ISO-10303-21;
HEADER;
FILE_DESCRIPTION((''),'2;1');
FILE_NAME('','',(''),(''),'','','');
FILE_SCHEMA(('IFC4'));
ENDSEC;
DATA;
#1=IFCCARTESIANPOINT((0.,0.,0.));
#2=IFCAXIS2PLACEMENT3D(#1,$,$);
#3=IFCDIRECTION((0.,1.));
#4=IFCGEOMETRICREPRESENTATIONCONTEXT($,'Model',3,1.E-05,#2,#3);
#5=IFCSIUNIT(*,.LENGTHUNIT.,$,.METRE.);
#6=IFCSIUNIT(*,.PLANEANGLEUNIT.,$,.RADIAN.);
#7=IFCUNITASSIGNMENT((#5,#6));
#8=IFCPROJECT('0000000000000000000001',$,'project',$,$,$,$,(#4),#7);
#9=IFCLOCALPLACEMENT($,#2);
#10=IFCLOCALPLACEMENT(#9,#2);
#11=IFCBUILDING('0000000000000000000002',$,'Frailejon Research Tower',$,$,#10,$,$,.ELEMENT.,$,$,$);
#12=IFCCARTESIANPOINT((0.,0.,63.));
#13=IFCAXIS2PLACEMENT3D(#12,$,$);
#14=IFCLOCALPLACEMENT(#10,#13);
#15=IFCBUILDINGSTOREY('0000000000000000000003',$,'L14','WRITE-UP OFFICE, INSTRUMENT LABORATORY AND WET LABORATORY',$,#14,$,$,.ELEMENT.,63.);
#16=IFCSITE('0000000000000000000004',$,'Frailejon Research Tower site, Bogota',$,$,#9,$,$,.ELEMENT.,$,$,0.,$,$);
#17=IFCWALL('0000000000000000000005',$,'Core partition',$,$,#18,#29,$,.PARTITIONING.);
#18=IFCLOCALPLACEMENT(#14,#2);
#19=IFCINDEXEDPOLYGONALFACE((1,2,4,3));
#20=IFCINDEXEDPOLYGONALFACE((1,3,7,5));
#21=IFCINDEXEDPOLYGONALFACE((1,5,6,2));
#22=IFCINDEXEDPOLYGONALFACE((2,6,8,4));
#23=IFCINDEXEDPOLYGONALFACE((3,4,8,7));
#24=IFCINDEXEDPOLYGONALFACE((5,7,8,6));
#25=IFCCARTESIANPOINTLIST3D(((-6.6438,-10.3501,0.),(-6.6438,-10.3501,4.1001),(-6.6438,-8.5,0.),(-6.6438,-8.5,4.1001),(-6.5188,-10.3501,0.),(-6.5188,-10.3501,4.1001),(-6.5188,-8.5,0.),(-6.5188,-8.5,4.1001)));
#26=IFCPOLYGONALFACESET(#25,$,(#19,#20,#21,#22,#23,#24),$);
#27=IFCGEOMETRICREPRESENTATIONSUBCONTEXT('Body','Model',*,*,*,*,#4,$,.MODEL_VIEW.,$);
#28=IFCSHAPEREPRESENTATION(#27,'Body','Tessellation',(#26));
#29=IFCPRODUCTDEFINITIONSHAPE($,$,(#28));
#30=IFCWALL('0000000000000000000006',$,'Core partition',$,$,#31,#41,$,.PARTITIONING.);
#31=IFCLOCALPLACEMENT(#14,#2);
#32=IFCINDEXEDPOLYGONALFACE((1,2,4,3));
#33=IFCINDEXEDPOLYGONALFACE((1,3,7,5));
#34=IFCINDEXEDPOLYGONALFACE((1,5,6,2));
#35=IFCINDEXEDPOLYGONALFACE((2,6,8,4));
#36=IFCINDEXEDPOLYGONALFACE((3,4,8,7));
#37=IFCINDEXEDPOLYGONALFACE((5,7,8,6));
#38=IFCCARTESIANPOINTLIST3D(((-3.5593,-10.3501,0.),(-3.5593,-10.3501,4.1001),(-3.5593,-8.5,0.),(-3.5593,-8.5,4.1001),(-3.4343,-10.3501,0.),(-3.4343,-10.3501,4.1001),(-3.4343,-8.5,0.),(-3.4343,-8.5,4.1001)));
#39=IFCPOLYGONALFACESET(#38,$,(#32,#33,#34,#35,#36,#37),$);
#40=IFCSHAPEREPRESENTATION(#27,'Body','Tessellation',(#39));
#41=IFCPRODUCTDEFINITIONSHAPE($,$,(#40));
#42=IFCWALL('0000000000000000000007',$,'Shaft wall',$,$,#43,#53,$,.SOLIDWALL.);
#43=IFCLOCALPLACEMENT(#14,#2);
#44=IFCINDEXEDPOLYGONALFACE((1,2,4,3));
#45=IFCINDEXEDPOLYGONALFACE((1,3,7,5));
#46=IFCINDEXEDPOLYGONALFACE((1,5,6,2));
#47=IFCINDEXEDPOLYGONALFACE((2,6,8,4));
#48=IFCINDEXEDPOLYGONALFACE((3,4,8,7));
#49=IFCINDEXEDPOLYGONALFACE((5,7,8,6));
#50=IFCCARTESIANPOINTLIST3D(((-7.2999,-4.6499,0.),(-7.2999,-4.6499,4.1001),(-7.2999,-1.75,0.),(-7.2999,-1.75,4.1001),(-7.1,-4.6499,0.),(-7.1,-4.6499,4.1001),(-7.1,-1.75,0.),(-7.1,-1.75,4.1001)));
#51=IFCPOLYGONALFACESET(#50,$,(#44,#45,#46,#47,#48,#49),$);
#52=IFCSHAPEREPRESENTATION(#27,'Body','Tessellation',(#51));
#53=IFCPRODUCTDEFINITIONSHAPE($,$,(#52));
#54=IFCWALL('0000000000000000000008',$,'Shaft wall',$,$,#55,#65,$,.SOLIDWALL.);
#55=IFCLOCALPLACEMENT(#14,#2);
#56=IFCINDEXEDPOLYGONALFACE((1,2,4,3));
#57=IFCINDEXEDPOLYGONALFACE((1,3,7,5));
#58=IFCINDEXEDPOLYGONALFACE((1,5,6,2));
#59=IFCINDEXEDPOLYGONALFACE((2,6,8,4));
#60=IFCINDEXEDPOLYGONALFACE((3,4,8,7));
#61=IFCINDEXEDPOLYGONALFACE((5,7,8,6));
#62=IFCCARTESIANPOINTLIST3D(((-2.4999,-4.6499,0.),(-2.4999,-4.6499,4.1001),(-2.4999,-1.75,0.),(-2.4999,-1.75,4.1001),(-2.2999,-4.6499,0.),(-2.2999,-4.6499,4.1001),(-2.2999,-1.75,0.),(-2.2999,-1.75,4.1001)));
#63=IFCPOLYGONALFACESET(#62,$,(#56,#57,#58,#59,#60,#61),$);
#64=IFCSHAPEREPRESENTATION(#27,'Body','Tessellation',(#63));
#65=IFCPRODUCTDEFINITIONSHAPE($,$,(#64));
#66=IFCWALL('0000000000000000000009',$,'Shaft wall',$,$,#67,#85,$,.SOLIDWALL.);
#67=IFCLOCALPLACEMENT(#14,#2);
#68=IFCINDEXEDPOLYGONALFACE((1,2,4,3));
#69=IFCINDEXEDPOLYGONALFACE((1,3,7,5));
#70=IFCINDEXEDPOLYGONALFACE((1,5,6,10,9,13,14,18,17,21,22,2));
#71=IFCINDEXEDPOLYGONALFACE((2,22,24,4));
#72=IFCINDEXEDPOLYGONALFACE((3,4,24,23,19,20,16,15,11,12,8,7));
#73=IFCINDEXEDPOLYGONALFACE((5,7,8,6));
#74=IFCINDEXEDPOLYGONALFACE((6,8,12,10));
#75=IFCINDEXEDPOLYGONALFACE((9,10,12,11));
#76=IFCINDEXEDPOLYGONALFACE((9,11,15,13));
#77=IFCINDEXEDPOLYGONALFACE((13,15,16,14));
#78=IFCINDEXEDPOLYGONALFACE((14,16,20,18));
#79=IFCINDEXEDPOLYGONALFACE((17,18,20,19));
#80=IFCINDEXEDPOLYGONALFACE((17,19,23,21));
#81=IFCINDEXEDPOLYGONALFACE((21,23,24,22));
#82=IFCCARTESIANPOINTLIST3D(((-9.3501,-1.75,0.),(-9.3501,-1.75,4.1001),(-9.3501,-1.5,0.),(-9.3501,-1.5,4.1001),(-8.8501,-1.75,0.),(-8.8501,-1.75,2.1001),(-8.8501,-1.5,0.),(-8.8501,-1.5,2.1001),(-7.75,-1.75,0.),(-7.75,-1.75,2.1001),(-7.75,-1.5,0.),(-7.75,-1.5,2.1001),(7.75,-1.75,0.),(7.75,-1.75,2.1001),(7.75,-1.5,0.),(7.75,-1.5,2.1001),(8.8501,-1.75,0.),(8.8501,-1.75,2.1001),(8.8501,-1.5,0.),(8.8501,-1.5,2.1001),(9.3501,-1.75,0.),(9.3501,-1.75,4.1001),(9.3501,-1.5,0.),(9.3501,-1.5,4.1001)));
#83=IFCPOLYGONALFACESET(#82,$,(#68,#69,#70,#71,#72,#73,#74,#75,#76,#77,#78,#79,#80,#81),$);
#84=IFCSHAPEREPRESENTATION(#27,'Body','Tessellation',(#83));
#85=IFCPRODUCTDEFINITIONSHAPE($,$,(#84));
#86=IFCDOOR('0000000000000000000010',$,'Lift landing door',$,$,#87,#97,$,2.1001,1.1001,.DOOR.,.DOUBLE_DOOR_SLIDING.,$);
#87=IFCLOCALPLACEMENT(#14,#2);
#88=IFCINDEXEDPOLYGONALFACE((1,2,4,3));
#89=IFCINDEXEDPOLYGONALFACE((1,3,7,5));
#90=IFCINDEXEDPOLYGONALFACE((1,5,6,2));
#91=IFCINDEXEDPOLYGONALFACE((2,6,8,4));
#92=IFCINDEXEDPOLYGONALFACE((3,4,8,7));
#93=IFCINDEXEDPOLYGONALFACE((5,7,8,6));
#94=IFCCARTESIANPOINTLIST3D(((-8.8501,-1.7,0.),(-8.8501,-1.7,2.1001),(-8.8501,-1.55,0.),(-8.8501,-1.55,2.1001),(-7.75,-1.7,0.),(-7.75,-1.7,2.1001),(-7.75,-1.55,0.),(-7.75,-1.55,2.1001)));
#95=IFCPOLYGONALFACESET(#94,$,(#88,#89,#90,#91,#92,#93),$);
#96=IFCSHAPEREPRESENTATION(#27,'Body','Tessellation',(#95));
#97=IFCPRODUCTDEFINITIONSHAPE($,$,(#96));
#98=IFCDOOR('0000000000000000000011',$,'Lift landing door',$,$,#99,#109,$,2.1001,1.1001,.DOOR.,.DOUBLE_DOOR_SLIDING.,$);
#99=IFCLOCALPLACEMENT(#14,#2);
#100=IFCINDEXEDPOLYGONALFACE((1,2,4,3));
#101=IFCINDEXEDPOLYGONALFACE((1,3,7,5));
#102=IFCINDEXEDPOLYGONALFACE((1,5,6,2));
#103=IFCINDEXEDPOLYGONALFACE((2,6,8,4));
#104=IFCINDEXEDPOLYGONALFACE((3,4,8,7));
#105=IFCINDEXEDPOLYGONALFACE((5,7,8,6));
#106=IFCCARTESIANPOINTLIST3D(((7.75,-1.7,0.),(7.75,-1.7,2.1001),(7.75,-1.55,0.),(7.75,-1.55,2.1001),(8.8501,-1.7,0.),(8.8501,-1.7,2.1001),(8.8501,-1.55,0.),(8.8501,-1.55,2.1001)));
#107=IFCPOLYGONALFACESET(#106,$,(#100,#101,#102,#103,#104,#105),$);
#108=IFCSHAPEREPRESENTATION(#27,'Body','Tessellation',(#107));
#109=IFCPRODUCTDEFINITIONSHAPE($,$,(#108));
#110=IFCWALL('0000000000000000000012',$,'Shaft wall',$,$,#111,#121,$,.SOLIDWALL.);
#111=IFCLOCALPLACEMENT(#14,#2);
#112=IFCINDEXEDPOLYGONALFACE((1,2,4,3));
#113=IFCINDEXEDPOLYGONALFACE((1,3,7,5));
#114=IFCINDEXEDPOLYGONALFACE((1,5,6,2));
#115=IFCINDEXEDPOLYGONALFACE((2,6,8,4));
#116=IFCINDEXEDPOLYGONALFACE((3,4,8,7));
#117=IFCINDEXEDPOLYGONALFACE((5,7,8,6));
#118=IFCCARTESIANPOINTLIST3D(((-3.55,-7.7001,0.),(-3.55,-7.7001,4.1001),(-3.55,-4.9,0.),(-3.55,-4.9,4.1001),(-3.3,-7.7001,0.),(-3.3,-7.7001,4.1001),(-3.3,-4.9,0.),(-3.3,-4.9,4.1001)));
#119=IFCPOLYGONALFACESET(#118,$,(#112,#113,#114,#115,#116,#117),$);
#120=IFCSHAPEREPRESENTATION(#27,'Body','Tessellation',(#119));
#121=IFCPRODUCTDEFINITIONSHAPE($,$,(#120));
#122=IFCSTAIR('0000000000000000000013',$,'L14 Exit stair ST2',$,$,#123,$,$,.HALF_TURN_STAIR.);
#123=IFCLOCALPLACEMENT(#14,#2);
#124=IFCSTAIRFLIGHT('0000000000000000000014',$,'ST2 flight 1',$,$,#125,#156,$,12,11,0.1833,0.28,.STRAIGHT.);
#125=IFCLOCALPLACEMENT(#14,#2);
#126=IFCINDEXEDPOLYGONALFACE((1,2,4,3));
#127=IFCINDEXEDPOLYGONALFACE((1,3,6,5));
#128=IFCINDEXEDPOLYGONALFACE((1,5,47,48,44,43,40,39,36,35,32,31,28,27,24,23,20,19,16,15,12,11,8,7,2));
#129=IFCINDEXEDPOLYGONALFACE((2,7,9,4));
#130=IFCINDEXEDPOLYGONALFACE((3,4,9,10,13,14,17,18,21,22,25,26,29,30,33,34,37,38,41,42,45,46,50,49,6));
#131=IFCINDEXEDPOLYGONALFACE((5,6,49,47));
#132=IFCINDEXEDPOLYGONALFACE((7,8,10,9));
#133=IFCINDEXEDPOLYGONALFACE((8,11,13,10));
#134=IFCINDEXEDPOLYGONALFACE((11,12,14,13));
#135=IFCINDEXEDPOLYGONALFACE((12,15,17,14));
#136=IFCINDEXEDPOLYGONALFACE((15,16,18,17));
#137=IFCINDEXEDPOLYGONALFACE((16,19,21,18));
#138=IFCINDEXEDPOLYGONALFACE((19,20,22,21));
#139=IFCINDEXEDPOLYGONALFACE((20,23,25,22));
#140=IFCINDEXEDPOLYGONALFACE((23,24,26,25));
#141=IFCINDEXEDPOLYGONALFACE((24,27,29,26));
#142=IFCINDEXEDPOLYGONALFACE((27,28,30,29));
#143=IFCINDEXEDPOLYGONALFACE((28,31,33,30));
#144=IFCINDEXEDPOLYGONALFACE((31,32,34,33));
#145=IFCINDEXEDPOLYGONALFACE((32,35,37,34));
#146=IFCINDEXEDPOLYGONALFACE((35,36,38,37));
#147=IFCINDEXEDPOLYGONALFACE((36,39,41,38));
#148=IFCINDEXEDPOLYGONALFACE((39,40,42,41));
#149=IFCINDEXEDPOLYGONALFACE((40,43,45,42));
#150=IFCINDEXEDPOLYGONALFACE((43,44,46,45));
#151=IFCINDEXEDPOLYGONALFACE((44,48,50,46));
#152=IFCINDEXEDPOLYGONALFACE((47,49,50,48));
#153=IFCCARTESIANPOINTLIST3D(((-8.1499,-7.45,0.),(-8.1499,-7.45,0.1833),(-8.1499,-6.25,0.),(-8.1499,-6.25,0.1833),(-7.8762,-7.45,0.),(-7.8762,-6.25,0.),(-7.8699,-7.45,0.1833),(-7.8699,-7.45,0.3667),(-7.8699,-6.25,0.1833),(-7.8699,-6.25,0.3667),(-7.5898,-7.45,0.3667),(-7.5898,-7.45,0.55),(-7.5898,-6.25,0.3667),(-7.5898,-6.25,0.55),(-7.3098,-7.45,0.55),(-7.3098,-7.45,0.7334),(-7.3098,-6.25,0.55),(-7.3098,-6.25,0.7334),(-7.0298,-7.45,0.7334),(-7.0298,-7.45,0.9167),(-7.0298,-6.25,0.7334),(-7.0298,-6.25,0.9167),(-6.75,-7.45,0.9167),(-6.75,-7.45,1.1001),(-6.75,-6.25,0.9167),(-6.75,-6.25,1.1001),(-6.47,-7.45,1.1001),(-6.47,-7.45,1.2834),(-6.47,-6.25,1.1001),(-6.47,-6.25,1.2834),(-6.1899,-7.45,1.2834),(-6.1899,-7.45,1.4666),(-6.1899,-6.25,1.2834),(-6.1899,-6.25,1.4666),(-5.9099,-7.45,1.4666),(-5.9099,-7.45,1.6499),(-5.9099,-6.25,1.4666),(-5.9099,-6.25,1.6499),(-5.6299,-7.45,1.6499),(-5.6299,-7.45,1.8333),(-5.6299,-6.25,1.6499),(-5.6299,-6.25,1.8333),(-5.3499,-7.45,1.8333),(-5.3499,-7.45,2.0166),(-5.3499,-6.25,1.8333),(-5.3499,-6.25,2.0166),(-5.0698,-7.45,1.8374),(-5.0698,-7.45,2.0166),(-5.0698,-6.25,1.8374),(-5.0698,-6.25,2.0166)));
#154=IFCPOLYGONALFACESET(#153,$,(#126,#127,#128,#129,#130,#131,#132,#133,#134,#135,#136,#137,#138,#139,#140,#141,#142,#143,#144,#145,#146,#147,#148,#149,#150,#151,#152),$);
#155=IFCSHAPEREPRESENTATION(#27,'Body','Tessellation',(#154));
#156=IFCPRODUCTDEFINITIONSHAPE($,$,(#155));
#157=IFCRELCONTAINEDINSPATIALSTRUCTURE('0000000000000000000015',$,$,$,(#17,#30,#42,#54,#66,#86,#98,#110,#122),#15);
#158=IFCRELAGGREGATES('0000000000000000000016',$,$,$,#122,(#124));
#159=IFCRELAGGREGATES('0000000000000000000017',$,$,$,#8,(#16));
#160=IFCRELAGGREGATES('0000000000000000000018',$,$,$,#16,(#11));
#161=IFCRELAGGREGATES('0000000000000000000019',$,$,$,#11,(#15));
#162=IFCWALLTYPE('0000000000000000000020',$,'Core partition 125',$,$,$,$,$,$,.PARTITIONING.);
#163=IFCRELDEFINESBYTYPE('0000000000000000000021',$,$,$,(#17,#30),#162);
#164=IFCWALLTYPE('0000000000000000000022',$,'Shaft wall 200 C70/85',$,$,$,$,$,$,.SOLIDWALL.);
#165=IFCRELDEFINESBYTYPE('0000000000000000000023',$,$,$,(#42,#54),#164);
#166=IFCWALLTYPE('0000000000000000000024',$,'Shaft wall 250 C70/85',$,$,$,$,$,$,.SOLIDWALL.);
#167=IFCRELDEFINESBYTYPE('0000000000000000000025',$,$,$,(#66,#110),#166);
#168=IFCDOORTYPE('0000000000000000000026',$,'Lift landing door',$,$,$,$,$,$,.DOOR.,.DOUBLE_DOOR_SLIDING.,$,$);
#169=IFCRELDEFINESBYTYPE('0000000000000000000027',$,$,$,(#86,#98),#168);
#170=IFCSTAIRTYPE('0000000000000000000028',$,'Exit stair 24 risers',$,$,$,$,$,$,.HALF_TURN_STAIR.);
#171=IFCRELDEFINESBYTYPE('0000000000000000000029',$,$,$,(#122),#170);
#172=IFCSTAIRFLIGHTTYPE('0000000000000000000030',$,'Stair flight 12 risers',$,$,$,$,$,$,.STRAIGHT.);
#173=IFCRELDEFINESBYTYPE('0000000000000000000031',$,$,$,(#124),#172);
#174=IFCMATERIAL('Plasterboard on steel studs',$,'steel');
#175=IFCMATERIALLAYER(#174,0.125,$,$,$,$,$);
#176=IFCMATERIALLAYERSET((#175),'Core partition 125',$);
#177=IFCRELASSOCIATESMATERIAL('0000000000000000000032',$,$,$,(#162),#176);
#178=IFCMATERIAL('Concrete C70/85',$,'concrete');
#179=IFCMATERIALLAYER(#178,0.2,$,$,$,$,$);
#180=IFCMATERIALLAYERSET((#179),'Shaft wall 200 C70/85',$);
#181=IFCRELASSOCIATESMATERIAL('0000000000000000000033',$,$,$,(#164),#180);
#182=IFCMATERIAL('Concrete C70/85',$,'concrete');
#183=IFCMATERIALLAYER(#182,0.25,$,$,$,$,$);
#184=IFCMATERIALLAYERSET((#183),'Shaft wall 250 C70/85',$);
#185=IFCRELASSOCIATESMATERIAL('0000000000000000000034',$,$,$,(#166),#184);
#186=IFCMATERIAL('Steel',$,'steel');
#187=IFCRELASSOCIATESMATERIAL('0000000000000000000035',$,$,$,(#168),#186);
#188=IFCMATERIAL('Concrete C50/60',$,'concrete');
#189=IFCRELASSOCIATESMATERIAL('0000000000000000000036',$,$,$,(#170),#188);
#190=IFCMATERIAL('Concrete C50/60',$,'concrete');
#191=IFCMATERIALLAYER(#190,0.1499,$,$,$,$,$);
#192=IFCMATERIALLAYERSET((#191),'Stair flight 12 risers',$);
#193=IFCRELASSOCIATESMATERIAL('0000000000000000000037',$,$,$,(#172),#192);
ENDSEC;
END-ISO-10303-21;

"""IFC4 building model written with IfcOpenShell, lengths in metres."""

from ifc_helpers import new_model, si_unit, direction, frame, frame_2d, origin, place, context, subcontext, project, spatial, polyline, rectangle, outline, extrude, material, layer, layer_set, type_object, element, fill, aggregate, save


model = new_model("IFC4")

# Units and contexts
model_context = context("Model", 3, precision=1e-05, world=origin(), true_north=direction((0.0, 1.0)))
body_context = subcontext(model_context, "Body", "Model", "MODEL_VIEW")
ifc_project = project(units=[si_unit("LENGTHUNIT", "METRE"), si_unit("PLANEANGLEUNIT", "RADIAN")], contexts=[model_context])

# Site, building, storey
site_placement = place(None, origin())
site = spatial("IfcSite", under=ifc_project, at=site_placement, Name="Frailejon Research Tower site, Bogota", CompositionType="ELEMENT", RefElevation=0.0)
building_placement = place(site_placement, origin())
building = spatial("IfcBuilding", under=site, at=building_placement, Name="Frailejon Research Tower", CompositionType="ELEMENT")
storey_placement = place(building_placement, frame((0.0, 0.0, 63.0)))
storey = spatial("IfcBuildingStorey", under=building, at=storey_placement, Name="L14", Description="WRITE-UP OFFICE, INSTRUMENT LABORATORY AND WET LABORATORY", CompositionType="ELEMENT", Elevation=63.0)

# Walls
ifc_material_1 = material(Name="Plasterboard on steel studs", Category="steel")
ifc_layer_1 = layer(ifc_material_1, 0.125)
ifc_layer_set_1 = layer_set([ifc_layer_1], Name="Core partition 125")
wall_type_1 = type_object("IfcWallType", Name="Core partition 125", PredefinedType="PARTITIONING", material=ifc_layer_set_1)
for number, where, z_axis, x_axis, name in (
    (1, (-6.5813, -10.3501, 0.0), (0.0, 0.0, 1.0), (0.0, 1.0, 0.0), "Core partition"),
    (2, (-3.4968, -10.3501, 0.0), (0.0, 0.0, 1.0), (0.0, 1.0, 0.0), "Core partition"),
):
    element("IfcWall", number, at=place(storey_placement, frame(where, z_axis=z_axis, x_axis=x_axis)), inside=storey, type_object=wall_type_1, Name=name, PredefinedType="PARTITIONING", context=body_context, shape_type="SweptSolid", body=[
        extrude(rectangle(XDim=1.8501, YDim=0.125, at=frame_2d((0.925, 0.0))), origin(), (0.0, 0.0, 1.0), 4.1001),
    ])
ifc_material_2 = material(Name="Concrete C70/85", Category="concrete")
ifc_layer_2 = layer(ifc_material_2, 0.2)
ifc_layer_set_2 = layer_set([ifc_layer_2], Name="Shaft wall 200 C70/85")
wall_type_2 = type_object("IfcWallType", Name="Shaft wall 200 C70/85", PredefinedType="SOLIDWALL", material=ifc_layer_set_2)
for number, where, z_axis, x_axis, name in (
    (3, (-7.2, -4.6499, 0.0), (0.0, 0.0, 1.0), (0.0, 1.0, 0.0), "Shaft wall"),
    (4, (-2.3999, -4.6499, 0.0), (0.0, 0.0, 1.0), (0.0, 1.0, 0.0), "Shaft wall"),
):
    element("IfcWall", number, at=place(storey_placement, frame(where, z_axis=z_axis, x_axis=x_axis)), inside=storey, type_object=wall_type_2, Name=name, PredefinedType="SOLIDWALL", context=body_context, shape_type="SweptSolid", body=[
        extrude(rectangle(XDim=2.8999, YDim=0.2, at=frame_2d((1.45, 0.0))), origin(), (0.0, 0.0, 1.0), 4.1001),
    ])

# Wall, openings, doors
ifc_material_3 = material(Name="Concrete C70/85", Category="concrete")
ifc_layer_3 = layer(ifc_material_3, 0.25)
ifc_layer_set_3 = layer_set([ifc_layer_3], Name="Shaft wall 250 C70/85")
wall_type_3 = type_object("IfcWallType", Name="Shaft wall 250 C70/85", PredefinedType="SOLIDWALL", material=ifc_layer_set_3)
wall_1_placement = place(storey_placement, frame((-9.3501, -1.625, 0.0), z_axis=(0.0, 0.0, 1.0), x_axis=(1.0, 0.0, 0.0)))
wall_1 = element("IfcWall", 5, at=wall_1_placement, inside=storey, type_object=wall_type_3, Name="Shaft wall", PredefinedType="SOLIDWALL", context=body_context, shape_type="SweptSolid", body=[
    extrude(rectangle(XDim=18.7002, YDim=0.25, at=frame_2d((9.3501, 0.0))), origin(), (0.0, 0.0, 1.0), 4.1001),
])
opening_1_placement = place(wall_1_placement, frame((0.5, 0.0, 0.0)))
opening_1 = element("IfcOpeningElement", 6, at=opening_1_placement, cuts=wall_1, PredefinedType="OPENING", context=body_context, shape_type="SweptSolid", body=[
    extrude(rectangle(XDim=1.1001, YDim=2.1001, at=frame_2d((0.55, 1.05))), frame((0.0, 0.135, 0.0), z_axis=(0.0, -1.0, 0.0), x_axis=(1.0, 0.0, 0.0)), (0.0, 0.0, 1.0), 0.27),
])
opening_2_placement = place(wall_1_placement, frame((17.1001, 0.0, 0.0)))
opening_2 = element("IfcOpeningElement", 7, at=opening_2_placement, cuts=wall_1, PredefinedType="OPENING", context=body_context, shape_type="SweptSolid", body=[
    extrude(rectangle(XDim=1.1001, YDim=2.1001, at=frame_2d((0.55, 1.05))), frame((0.0, 0.135, 0.0), z_axis=(0.0, -1.0, 0.0), x_axis=(1.0, 0.0, 0.0)), (0.0, 0.0, 1.0), 0.27),
])
ifc_material_4 = material(Name="Steel", Category="steel")
door_type = type_object("IfcDoorType", Name="Lift landing door", OperationType="DOUBLE_DOOR_SLIDING", PredefinedType="DOOR", material=ifc_material_4)
door_1_placement = place(opening_1_placement, origin())
door_1 = element("IfcDoor", 8, at=door_1_placement, inside=storey, type_object=door_type, Name="Lift landing door", OperationType="DOUBLE_DOOR_SLIDING", OverallHeight=2.1001, OverallWidth=1.1001, PredefinedType="DOOR", context=body_context, shape_type="SweptSolid", body=[
    extrude(rectangle(XDim=1.1001, YDim=2.1001, at=frame_2d((0.55, 1.05))), frame((0.0, 0.075, 0.0), z_axis=(0.0, -1.0, 0.0), x_axis=(1.0, 0.0, 0.0)), (0.0, 0.0, 1.0), 0.1499),
])
fill(opening_1, door_1)
door_2_placement = place(opening_2_placement, origin())
door_2 = element("IfcDoor", 9, at=door_2_placement, inside=storey, type_object=door_type, Name="Lift landing door", OperationType="DOUBLE_DOOR_SLIDING", OverallHeight=2.1001, OverallWidth=1.1001, PredefinedType="DOOR", context=body_context, shape_type="SweptSolid", body=[
    extrude(rectangle(XDim=1.1001, YDim=2.1001, at=frame_2d((0.55, 1.05))), frame((0.0, 0.075, 0.0), z_axis=(0.0, -1.0, 0.0), x_axis=(1.0, 0.0, 0.0)), (0.0, 0.0, 1.0), 0.1499),
])
fill(opening_2, door_2)

# Wall
wall_2_placement = place(storey_placement, frame((-3.425, -7.7, 0.0), z_axis=(0.0, 0.0, 1.0), x_axis=(0.0, 1.0, 0.0)))
element("IfcWall", 10, at=wall_2_placement, inside=storey, type_object=wall_type_3, Name="Shaft wall", PredefinedType="SOLIDWALL", context=body_context, shape_type="SweptSolid", body=[
    extrude(rectangle(XDim=2.8, YDim=0.25, at=frame_2d((1.3999, 0.0))), origin(), (0.0, 0.0, 1.0), 4.1001),
])

# Stair, stair flight
ifc_material_5 = material(Name="Concrete C50/60", Category="concrete")
stair_type = type_object("IfcStairType", Name="Exit stair 24 risers", PredefinedType="HALF_TURN_STAIR", material=ifc_material_5)
stair_placement = place(storey_placement, origin())
stair = element("IfcStair", 11, at=stair_placement, inside=storey, type_object=stair_type, Name="L14 Exit stair ST2", PredefinedType="HALF_TURN_STAIR")
ifc_material_6 = material(Name="Concrete C50/60", Category="concrete")
ifc_layer_4 = layer(ifc_material_6, 0.1499)
ifc_layer_set_4 = layer_set([ifc_layer_4], Name="Stair flight 12 risers")
stair_flight_type = type_object("IfcStairFlightType", Name="Stair flight 12 risers", PredefinedType="STRAIGHT", material=ifc_layer_set_4)
stair_flight_1_placement = place(storey_placement, frame((-8.1499, -6.8501, 0.0), z_axis=(0.0, 0.0, 1.0), x_axis=(1.0, 0.0, 0.0)))
stair_flight_1 = element("IfcStairFlight", 12, at=stair_flight_1_placement, type_object=stair_flight_type, Name="ST2 flight 1", NumberOfRisers=12, NumberOfTreads=11, PredefinedType="STRAIGHT", RiserHeight=0.1833, TreadLength=0.28, context=body_context, shape_type="SweptSolid", body=[
    extrude(outline(polyline([(0.0, 0.0), (0.0, 0.1833), (0.28, 0.1833), (0.28, 0.3667), (0.5601, 0.3667), (0.5601, 0.55), (0.8401, 0.55), (0.8401, 0.7334), (1.1201, 0.7334), (1.1201, 0.9167), (1.3999, 0.9167), (1.3999, 1.1001), (1.6799, 1.1001), (1.6799, 1.2834), (1.96, 1.2834), (1.96, 1.4666), (2.24, 1.4666), (2.24, 1.6499), (2.52, 1.6499), (2.52, 1.8333), (2.8, 1.8333), (2.8, 2.0166), (3.0801, 2.0166), (3.0801, 2.2), (3.0801, 1.8374), (0.2737, 0.0), (0.0, 0.0)])), frame((0.0, 0.6001, 0.0), z_axis=(0.0, -1.0, 0.0), x_axis=(1.0, 0.0, 0.0)), (0.0, 0.0, 1.0), 1.2),
])
aggregate(stair, [stair_flight_1])

save(model, "model.ifc")
